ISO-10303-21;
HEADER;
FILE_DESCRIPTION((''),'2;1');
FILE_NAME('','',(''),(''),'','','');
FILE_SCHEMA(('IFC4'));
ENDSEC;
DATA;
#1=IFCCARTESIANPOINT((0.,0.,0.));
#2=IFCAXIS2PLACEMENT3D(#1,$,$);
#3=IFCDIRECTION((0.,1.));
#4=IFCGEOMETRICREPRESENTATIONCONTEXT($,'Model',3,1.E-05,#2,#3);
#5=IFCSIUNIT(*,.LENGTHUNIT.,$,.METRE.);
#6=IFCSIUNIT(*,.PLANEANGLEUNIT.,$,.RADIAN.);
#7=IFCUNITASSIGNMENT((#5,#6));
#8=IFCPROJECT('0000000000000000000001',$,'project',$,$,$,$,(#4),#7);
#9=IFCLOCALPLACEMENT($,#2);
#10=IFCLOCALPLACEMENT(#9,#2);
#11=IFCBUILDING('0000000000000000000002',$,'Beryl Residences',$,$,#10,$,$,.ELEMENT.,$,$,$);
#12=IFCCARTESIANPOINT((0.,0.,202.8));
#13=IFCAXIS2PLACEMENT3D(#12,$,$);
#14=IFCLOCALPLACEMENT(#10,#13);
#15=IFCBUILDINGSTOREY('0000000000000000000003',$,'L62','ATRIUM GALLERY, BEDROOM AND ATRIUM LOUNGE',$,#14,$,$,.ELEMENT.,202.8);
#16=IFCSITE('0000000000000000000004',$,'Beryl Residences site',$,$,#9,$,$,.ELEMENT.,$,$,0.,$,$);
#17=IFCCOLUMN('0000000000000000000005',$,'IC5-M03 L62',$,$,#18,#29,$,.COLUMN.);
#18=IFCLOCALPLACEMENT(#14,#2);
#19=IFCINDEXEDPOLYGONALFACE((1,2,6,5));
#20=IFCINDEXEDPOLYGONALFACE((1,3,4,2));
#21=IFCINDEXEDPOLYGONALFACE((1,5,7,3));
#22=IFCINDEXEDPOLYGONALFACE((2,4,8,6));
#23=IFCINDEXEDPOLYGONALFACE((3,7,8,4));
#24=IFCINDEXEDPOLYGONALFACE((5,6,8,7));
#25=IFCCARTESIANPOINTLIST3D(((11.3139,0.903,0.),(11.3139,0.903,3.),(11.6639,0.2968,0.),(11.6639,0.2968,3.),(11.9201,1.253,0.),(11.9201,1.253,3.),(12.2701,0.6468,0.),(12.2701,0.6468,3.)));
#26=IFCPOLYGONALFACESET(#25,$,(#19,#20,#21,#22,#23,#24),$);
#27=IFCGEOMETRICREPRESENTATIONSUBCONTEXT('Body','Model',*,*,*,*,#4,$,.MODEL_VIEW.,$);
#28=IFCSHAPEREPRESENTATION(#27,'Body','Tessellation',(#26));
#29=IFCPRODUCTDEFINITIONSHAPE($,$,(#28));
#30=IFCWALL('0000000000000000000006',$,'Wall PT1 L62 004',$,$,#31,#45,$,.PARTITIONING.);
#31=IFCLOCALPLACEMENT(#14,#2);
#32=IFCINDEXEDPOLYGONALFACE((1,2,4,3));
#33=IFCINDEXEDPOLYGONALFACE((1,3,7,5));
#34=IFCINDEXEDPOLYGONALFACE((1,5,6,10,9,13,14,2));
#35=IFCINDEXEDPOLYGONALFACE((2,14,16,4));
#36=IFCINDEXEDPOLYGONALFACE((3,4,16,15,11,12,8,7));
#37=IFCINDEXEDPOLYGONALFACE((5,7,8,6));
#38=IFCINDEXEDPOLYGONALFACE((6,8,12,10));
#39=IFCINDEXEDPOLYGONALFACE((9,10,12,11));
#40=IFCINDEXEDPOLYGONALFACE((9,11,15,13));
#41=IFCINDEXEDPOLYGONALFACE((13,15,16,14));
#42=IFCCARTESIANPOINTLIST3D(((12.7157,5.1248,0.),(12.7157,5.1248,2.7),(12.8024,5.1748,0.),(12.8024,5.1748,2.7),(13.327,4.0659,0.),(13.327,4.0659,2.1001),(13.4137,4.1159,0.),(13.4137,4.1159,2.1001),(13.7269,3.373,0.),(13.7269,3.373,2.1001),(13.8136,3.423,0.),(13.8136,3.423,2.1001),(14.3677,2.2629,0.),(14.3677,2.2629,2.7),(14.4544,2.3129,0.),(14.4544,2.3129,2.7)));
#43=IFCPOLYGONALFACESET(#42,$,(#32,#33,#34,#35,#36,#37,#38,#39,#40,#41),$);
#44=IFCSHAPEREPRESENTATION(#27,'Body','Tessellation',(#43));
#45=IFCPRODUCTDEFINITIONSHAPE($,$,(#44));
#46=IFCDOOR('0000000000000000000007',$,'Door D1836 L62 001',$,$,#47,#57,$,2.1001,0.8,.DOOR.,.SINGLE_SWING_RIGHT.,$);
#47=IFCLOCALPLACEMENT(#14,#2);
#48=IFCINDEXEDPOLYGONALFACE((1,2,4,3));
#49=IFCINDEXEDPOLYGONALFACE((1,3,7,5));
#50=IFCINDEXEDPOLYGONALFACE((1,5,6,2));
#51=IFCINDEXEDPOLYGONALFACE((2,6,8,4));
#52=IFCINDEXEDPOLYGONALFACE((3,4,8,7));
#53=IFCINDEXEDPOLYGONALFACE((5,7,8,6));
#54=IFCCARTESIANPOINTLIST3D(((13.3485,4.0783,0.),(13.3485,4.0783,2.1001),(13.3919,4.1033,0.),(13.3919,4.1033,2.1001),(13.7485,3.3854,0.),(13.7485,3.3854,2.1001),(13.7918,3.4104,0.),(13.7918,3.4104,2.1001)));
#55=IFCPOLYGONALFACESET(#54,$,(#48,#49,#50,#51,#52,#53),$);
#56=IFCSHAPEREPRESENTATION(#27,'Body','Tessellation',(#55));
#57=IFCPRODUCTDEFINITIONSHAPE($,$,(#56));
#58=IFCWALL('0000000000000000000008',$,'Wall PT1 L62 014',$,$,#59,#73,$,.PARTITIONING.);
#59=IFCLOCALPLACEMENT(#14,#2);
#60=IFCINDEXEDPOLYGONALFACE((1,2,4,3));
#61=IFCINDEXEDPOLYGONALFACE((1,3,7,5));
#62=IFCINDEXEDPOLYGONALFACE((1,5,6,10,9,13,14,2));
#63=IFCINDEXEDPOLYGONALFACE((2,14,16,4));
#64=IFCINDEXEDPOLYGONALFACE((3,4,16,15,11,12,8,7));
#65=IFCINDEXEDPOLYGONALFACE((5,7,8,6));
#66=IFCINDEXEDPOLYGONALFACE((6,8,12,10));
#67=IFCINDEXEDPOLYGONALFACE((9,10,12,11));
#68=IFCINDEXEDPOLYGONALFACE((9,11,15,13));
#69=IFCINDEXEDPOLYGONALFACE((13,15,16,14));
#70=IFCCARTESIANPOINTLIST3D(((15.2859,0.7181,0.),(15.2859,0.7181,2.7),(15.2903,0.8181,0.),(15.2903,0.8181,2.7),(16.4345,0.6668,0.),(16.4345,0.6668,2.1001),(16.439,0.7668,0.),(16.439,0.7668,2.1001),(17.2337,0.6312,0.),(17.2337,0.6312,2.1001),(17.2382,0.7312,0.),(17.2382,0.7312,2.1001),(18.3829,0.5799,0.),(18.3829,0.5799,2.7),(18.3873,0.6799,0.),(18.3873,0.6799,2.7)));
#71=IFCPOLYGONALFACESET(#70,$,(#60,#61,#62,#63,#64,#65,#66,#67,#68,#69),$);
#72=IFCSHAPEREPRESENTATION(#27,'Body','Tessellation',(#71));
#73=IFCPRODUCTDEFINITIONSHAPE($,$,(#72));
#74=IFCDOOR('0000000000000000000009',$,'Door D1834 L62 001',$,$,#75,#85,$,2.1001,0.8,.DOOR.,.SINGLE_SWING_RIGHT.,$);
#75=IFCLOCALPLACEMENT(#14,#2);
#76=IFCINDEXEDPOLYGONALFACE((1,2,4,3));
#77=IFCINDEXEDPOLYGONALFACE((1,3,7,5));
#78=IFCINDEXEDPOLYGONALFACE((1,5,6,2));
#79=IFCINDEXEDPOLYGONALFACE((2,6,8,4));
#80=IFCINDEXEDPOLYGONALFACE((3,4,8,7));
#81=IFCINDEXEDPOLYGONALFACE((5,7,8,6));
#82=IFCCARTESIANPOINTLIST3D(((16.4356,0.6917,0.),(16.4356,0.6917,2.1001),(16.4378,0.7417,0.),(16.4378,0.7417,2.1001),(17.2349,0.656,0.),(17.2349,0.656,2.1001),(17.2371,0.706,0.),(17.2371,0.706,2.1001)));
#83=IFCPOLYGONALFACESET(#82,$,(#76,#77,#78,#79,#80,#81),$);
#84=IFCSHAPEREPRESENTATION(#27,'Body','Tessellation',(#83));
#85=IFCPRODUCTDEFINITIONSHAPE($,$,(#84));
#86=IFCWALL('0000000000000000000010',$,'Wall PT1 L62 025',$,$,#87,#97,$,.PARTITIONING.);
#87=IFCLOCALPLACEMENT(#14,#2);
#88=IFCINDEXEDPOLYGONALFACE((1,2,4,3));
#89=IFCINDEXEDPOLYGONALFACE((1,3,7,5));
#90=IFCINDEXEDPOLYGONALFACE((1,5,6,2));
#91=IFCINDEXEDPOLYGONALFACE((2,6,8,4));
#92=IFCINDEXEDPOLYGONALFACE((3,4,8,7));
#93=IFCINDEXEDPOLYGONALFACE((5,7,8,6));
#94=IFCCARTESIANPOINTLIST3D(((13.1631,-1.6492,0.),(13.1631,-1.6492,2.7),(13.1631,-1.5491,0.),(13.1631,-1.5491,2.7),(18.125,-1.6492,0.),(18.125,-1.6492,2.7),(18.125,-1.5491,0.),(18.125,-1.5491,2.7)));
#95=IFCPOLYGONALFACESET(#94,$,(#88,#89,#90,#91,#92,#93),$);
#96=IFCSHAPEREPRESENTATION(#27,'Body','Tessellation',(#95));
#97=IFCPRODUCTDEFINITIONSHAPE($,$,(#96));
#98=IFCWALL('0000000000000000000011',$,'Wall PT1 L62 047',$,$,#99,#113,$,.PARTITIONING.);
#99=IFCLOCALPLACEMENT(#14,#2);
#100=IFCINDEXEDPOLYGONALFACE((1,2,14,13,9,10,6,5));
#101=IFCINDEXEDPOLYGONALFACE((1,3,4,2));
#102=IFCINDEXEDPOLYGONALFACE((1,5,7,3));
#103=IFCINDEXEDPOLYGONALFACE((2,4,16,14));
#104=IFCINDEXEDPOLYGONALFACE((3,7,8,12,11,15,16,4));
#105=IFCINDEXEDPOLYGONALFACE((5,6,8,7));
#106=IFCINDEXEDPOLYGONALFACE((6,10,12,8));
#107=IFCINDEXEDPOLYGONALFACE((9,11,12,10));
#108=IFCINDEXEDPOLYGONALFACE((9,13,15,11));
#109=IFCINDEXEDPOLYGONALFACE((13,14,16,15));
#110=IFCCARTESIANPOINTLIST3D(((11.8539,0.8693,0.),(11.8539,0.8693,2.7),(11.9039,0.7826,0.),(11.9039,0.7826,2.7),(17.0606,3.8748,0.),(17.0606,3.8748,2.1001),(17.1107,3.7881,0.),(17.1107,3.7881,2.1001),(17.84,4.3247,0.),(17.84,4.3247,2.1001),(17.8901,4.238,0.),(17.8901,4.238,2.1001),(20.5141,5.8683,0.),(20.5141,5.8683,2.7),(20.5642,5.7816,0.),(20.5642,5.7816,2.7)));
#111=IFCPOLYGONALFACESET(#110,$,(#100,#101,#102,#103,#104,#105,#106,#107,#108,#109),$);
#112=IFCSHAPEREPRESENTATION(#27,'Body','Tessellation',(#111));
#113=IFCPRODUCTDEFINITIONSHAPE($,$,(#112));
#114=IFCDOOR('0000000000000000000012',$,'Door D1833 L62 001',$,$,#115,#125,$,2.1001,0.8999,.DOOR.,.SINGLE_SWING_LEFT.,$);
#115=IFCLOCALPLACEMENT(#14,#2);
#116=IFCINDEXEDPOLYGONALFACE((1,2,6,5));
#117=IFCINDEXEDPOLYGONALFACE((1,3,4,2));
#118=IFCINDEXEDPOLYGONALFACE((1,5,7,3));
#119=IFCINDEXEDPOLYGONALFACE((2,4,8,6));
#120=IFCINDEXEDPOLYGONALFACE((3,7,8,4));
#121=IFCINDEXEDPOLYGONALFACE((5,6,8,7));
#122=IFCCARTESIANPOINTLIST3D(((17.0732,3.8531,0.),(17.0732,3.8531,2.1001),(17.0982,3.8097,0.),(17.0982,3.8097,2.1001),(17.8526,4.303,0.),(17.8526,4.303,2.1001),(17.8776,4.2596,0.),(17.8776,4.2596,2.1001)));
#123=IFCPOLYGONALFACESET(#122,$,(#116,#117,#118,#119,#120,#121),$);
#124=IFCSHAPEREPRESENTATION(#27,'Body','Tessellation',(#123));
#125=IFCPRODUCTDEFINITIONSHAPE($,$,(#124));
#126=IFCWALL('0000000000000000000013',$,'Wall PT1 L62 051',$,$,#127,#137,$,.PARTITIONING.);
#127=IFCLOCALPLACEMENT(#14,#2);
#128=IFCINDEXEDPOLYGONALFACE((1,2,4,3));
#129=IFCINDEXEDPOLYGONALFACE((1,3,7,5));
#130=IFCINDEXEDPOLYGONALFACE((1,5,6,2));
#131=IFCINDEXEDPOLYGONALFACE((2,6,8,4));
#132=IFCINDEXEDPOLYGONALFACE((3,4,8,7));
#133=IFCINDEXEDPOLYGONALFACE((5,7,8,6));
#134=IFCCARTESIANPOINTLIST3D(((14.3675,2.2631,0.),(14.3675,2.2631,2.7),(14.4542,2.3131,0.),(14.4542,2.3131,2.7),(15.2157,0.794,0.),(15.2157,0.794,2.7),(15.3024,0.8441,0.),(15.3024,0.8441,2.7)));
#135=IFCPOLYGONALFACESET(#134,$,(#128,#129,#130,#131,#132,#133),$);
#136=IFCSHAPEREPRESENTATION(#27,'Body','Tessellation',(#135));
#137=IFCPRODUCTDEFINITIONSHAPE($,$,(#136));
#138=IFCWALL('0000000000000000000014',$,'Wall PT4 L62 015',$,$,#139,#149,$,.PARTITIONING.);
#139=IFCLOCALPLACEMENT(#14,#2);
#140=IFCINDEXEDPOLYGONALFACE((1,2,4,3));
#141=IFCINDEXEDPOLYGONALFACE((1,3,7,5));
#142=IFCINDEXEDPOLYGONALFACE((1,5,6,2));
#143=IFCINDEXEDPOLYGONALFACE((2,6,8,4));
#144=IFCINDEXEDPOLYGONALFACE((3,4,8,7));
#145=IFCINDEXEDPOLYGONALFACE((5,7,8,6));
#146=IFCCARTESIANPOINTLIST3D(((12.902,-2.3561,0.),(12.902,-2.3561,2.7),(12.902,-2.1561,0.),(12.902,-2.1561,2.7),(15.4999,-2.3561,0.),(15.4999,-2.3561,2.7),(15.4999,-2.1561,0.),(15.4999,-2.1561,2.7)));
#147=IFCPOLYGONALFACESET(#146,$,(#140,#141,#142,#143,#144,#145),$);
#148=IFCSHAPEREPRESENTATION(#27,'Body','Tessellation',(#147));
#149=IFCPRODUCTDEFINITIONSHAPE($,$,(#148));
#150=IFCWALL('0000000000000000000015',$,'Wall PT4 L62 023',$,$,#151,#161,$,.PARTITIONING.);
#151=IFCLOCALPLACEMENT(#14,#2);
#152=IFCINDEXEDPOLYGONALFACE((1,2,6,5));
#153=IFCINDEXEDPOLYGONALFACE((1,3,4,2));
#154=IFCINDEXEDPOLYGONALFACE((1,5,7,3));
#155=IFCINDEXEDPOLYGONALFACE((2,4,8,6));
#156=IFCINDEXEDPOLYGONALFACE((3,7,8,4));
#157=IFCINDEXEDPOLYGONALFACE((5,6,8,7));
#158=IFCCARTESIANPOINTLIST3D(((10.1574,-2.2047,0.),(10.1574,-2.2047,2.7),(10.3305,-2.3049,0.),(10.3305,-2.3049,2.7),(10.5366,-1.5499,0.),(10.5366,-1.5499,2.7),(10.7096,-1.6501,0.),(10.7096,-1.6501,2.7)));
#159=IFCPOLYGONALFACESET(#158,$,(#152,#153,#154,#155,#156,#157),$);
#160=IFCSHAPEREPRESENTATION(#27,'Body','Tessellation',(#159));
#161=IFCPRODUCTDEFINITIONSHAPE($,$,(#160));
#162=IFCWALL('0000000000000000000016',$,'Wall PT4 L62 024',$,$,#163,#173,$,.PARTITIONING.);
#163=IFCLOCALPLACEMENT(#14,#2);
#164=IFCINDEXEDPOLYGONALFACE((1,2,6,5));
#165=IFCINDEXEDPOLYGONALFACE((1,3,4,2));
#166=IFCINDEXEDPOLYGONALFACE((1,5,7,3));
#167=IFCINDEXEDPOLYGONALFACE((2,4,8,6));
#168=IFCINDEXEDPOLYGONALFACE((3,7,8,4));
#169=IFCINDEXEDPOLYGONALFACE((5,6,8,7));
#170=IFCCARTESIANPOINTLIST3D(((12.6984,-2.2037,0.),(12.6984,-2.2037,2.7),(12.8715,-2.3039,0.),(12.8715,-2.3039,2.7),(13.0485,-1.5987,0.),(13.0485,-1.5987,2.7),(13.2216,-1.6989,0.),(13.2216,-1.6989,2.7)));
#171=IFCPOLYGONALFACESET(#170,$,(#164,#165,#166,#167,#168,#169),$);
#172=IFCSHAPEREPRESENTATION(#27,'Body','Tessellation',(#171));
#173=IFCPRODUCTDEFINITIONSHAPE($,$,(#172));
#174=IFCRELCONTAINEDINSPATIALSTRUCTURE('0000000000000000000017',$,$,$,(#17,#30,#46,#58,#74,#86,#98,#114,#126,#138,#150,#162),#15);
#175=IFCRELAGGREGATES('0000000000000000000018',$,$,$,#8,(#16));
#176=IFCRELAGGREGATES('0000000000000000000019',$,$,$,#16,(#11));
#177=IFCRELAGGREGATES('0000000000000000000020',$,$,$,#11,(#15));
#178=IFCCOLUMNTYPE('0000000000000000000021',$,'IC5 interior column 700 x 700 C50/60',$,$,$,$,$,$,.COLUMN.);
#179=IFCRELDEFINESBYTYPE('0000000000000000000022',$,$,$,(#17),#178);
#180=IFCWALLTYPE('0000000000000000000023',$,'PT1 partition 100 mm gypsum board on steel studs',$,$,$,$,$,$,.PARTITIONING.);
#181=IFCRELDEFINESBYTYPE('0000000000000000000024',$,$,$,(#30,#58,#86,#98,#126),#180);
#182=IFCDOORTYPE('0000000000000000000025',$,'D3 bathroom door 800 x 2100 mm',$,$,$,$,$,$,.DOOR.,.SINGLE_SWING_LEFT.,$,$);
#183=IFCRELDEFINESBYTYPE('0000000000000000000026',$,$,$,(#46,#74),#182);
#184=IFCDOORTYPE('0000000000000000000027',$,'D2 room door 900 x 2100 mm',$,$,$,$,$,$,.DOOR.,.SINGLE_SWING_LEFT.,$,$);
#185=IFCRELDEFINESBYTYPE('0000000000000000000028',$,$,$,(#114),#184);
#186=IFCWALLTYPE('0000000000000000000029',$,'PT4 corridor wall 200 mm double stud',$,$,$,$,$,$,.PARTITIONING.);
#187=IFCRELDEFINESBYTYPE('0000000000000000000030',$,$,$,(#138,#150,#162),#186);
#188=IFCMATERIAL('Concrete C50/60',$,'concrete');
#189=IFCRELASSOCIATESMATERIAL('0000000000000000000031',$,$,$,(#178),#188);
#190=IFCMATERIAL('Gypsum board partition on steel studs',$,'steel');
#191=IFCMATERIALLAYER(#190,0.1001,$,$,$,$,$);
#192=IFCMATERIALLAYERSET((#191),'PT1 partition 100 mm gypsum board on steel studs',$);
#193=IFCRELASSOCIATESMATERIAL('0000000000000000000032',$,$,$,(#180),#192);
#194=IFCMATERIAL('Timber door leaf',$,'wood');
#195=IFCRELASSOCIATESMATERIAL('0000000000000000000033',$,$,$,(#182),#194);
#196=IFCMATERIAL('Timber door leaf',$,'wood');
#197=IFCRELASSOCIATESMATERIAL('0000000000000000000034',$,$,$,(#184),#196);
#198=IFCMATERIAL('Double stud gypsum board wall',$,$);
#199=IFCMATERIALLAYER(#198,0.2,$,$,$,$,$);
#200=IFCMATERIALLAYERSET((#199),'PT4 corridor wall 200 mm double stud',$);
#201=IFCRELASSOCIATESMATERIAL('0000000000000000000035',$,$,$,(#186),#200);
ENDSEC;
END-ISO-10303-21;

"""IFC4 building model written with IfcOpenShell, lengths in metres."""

from ifc_helpers import new_model, si_unit, direction, frame, frame_2d, origin, origin_2d, place, context, subcontext, project, spatial, rectangle, extrude, material, layer, layer_set, material_profile, profile_set, type_object, element, fill, save


model = new_model("IFC4")

# Units and contexts
model_context = context("Model", 3, precision=1e-05, world=origin(), true_north=direction((0.0, 1.0)))
body_context = subcontext(model_context, "Body", "Model", "MODEL_VIEW")
ifc_project = project(units=[si_unit("LENGTHUNIT", "METRE"), si_unit("PLANEANGLEUNIT", "RADIAN")], contexts=[model_context])

# Site, building, storey
site_placement = place(None, origin())
site = spatial("IfcSite", under=ifc_project, at=site_placement, Name="Beryl Residences site", CompositionType="ELEMENT", RefElevation=0.0)
building_placement = place(site_placement, origin())
building = spatial("IfcBuilding", under=site, at=building_placement, Name="Beryl Residences", CompositionType="ELEMENT")
storey_placement = place(building_placement, frame((0.0, 0.0, 202.8)))
storey = spatial("IfcBuildingStorey", under=building, at=storey_placement, Name="L62", Description="ATRIUM GALLERY, BEDROOM AND ATRIUM LOUNGE", CompositionType="ELEMENT", Elevation=202.8)

# Column
ifc_material_1 = material(Name="Concrete C50/60", Category="concrete")
ifc_material_profile = material_profile(ifc_material_1, rectangle(XDim=0.7, YDim=0.7, at=origin_2d()))
ifc_profile_set = profile_set([ifc_material_profile], Name="Concrete C50/60")
column_type = type_object("IfcColumnType", Name="IC5 interior column 700 x 700 C50/60", PredefinedType="COLUMN", material=ifc_profile_set)
column_placement = place(storey_placement, frame((11.792, 0.7749, 0.0), z_axis=(0.0, 0.0, 1.0), x_axis=(-0.49997, 0.866043, 0.0)))
element("IfcColumn", 1, at=column_placement, inside=storey, type_object=column_type, Name="IC5-M03 L62", PredefinedType="COLUMN", context=body_context, shape_type="SweptSolid", body=[
    extrude(rectangle(XDim=0.7, YDim=0.7, at=origin_2d()), origin(), (0.0, 0.0, 1.0), 3.0),
])

# Walls, openings, doors
ifc_material_2 = material(Name="Gypsum board partition on steel studs", Category="steel")
ifc_layer_1 = layer(ifc_material_2, 0.1001)
ifc_layer_set_1 = layer_set([ifc_layer_1], Name="PT1 partition 100 mm gypsum board on steel studs")
wall_type_1 = type_object("IfcWallType", Name="PT1 partition 100 mm gypsum board on steel studs", PredefinedType="PARTITIONING", material=ifc_layer_set_1)
wall_1_placement = place(storey_placement, frame((12.759, 5.1499, 0.0), z_axis=(0.0, 0.0, 1.0), x_axis=(0.499906, -0.86608, 0.0)))
wall_1 = element("IfcWall", 2, at=wall_1_placement, inside=storey, type_object=wall_type_1, Name="Wall PT1 L62 004", PredefinedType="PARTITIONING", context=body_context, shape_type="SweptSolid", body=[
    extrude(rectangle(XDim=3.3044, YDim=0.1001, at=frame_2d((1.6523, 0.0))), origin(), (0.0, 0.0, 1.0), 2.7),
])
opening_1_placement = place(wall_1_placement, frame((1.2229, 0.0, 0.0)))
opening_1 = element("IfcOpeningElement", 3, at=opening_1_placement, cuts=wall_1, PredefinedType="OPENING", context=body_context, shape_type="SweptSolid", body=[
    extrude(rectangle(XDim=0.8, YDim=2.1001, at=frame_2d((0.3999, 1.05))), frame((0.0, 0.0601, 0.0), z_axis=(0.0, -1.0, 0.0), x_axis=(1.0, 0.0, 0.0)), (0.0, 0.0, 1.0), 0.1201),
])
ifc_material_3 = material(Name="Timber door leaf", Category="wood")
door_type_1 = type_object("IfcDoorType", Name="D3 bathroom door 800 x 2100 mm", OperationType="SINGLE_SWING_LEFT", PredefinedType="DOOR", material=ifc_material_3)
door_1_placement = place(opening_1_placement, origin())
door_1 = element("IfcDoor", 4, at=door_1_placement, inside=storey, type_object=door_type_1, Name="Door D1836 L62 001", OperationType="SINGLE_SWING_RIGHT", OverallHeight=2.1001, OverallWidth=0.8, PredefinedType="DOOR", context=body_context, shape_type="SweptSolid", body=[
    extrude(rectangle(XDim=0.8, YDim=2.1001, at=frame_2d((0.3999, 1.05))), frame((0.0, 0.0249, 0.0), z_axis=(0.0, -1.0, 0.0), x_axis=(1.0, 0.0, 0.0)), (0.0, 0.0, 1.0), 0.05),
])
fill(opening_1, door_1)
wall_2_placement = place(storey_placement, frame((15.2881, 0.7681, 0.0), z_axis=(0.0, 0.0, 1.0), x_axis=(0.999006, -0.044575, 0.0)))
wall_2 = element("IfcWall", 5, at=wall_2_placement, inside=storey, type_object=wall_type_1, Name="Wall PT1 L62 014", PredefinedType="PARTITIONING", context=body_context, shape_type="SweptSolid", body=[
    extrude(rectangle(XDim=3.1001, YDim=0.1001, at=frame_2d((1.55, 0.0))), origin(), (0.0, 0.0, 1.0), 2.7),
])
opening_2_placement = place(wall_2_placement, frame((1.1499, 0.0, 0.0)))
opening_2 = element("IfcOpeningElement", 6, at=opening_2_placement, cuts=wall_2, PredefinedType="OPENING", context=body_context, shape_type="SweptSolid", body=[
    extrude(rectangle(XDim=0.8, YDim=2.1001, at=frame_2d((0.3999, 1.05))), frame((0.0, 0.0601, 0.0), z_axis=(0.0, -1.0, 0.0), x_axis=(1.0, 0.0, 0.0)), (0.0, 0.0, 1.0), 0.1201),
])
door_2_placement = place(opening_2_placement, origin())
door_2 = element("IfcDoor", 7, at=door_2_placement, inside=storey, type_object=door_type_1, Name="Door D1834 L62 001", OperationType="SINGLE_SWING_RIGHT", OverallHeight=2.1001, OverallWidth=0.8, PredefinedType="DOOR", context=body_context, shape_type="SweptSolid", body=[
    extrude(rectangle(XDim=0.8, YDim=2.1001, at=frame_2d((0.3999, 1.05))), frame((0.0, 0.0249, 0.0), z_axis=(0.0, -1.0, 0.0), x_axis=(1.0, 0.0, 0.0)), (0.0, 0.0, 1.0), 0.05),
])
fill(opening_2, door_2)

# Wall
wall_3_placement = place(storey_placement, frame((13.1631, -1.5991, 0.0), z_axis=(0.0, 0.0, 1.0), x_axis=(1.0, 0.0, 0.0)))
element("IfcWall", 8, at=wall_3_placement, inside=storey, type_object=wall_type_1, Name="Wall PT1 L62 025", PredefinedType="PARTITIONING", context=body_context, shape_type="SweptSolid", body=[
    extrude(rectangle(XDim=4.9619, YDim=0.1001, at=frame_2d((2.481, 0.0))), origin(), (0.0, 0.0, 1.0), 2.7),
])

# Wall, opening, door
wall_4_placement = place(storey_placement, frame((11.8789, 0.8259, 0.0), z_axis=(0.0, 0.0, 1.0), x_axis=(0.866065, 0.499931, 0.0)))
wall_4 = element("IfcWall", 9, at=wall_4_placement, inside=storey, type_object=wall_type_1, Name="Wall PT1 L62 047", PredefinedType="PARTITIONING", context=body_context, shape_type="SweptSolid", body=[
    extrude(rectangle(XDim=9.9995, YDim=0.1001, at=frame_2d((4.9998, 0.0))), origin(), (0.0, 0.0, 1.0), 2.7),
])
opening_3_placement = place(wall_4_placement, frame((6.012, 0.0, 0.0)))
opening_3 = element("IfcOpeningElement", 10, at=opening_3_placement, cuts=wall_4, PredefinedType="OPENING", context=body_context, shape_type="SweptSolid", body=[
    extrude(rectangle(XDim=0.8999, YDim=2.1001, at=frame_2d((0.45, 1.05))), frame((0.0, 0.0601, 0.0), z_axis=(0.0, -1.0, 0.0), x_axis=(1.0, 0.0, 0.0)), (0.0, 0.0, 1.0), 0.1201),
])
ifc_material_4 = material(Name="Timber door leaf", Category="wood")
door_type_2 = type_object("IfcDoorType", Name="D2 room door 900 x 2100 mm", OperationType="SINGLE_SWING_LEFT", PredefinedType="DOOR", material=ifc_material_4)
door_3_placement = place(opening_3_placement, origin())
door_3 = element("IfcDoor", 11, at=door_3_placement, inside=storey, type_object=door_type_2, Name="Door D1833 L62 001", OperationType="SINGLE_SWING_LEFT", OverallHeight=2.1001, OverallWidth=0.8999, PredefinedType="DOOR", context=body_context, shape_type="SweptSolid", body=[
    extrude(rectangle(XDim=0.8999, YDim=2.1001, at=frame_2d((0.45, 1.05))), frame((0.0, 0.0249, 0.0), z_axis=(0.0, -1.0, 0.0), x_axis=(1.0, 0.0, 0.0)), (0.0, 0.0, 1.0), 0.05),
])
fill(opening_3, door_3)

# Walls
wall_5_placement = place(storey_placement, frame((14.4109, 2.2881, 0.0), z_axis=(0.0, 0.0, 1.0), x_axis=(0.500009, -0.86602, 0.0)))
element("IfcWall", 12, at=wall_5_placement, inside=storey, type_object=wall_type_1, Name="Wall PT1 L62 051", PredefinedType="PARTITIONING", context=body_context, shape_type="SweptSolid", body=[
    extrude(rectangle(XDim=1.6963, YDim=0.1001, at=frame_2d((0.8481, 0.0))), origin(), (0.0, 0.0, 1.0), 2.7),
])
ifc_material_5 = material(Name="Double stud gypsum board wall")
ifc_layer_2 = layer(ifc_material_5, 0.2)
ifc_layer_set_2 = layer_set([ifc_layer_2], Name="PT4 corridor wall 200 mm double stud")
wall_type_2 = type_object("IfcWallType", Name="PT4 corridor wall 200 mm double stud", PredefinedType="PARTITIONING", material=ifc_layer_set_2)
wall_6_placement = place(storey_placement, frame((12.9021, -2.2561, 0.0), z_axis=(0.0, 0.0, 1.0), x_axis=(1.0, 0.0, 0.0)))
element("IfcWall", 13, at=wall_6_placement, inside=storey, type_object=wall_type_2, Name="Wall PT4 L62 015", PredefinedType="PARTITIONING", context=body_context, shape_type="SweptSolid", body=[
    extrude(rectangle(XDim=2.5979, YDim=0.2, at=frame_2d((1.2988, 0.0))), origin(), (0.0, 0.0, 1.0), 2.7),
])
wall_7_placement = place(storey_placement, frame((10.2439, -2.2549, 0.0), z_axis=(0.0, 0.0, 1.0), x_axis=(0.5011, 0.865389, 0.0)))
element("IfcWall", 14, at=wall_7_placement, inside=storey, type_object=wall_type_2, Name="Wall PT4 L62 023", PredefinedType="PARTITIONING", context=body_context, shape_type="SweptSolid", body=[
    extrude(rectangle(XDim=0.7566, YDim=0.2, at=frame_2d((0.3784, 0.0))), origin(), (0.0, 0.0, 1.0), 2.7),
])
wall_8_placement = place(storey_placement, frame((12.7849, -2.2539, 0.0), z_axis=(0.0, 0.0, 1.0), x_axis=(0.500871, 0.865522, 0.0)))
element("IfcWall", 15, at=wall_8_placement, inside=storey, type_object=wall_type_2, Name="Wall PT4 L62 024", PredefinedType="PARTITIONING", context=body_context, shape_type="SweptSolid", body=[
    extrude(rectangle(XDim=0.699, YDim=0.2, at=frame_2d((0.3496, 0.0))), origin(), (0.0, 0.0, 1.0), 2.7),
])

save(model, "model.ifc")
